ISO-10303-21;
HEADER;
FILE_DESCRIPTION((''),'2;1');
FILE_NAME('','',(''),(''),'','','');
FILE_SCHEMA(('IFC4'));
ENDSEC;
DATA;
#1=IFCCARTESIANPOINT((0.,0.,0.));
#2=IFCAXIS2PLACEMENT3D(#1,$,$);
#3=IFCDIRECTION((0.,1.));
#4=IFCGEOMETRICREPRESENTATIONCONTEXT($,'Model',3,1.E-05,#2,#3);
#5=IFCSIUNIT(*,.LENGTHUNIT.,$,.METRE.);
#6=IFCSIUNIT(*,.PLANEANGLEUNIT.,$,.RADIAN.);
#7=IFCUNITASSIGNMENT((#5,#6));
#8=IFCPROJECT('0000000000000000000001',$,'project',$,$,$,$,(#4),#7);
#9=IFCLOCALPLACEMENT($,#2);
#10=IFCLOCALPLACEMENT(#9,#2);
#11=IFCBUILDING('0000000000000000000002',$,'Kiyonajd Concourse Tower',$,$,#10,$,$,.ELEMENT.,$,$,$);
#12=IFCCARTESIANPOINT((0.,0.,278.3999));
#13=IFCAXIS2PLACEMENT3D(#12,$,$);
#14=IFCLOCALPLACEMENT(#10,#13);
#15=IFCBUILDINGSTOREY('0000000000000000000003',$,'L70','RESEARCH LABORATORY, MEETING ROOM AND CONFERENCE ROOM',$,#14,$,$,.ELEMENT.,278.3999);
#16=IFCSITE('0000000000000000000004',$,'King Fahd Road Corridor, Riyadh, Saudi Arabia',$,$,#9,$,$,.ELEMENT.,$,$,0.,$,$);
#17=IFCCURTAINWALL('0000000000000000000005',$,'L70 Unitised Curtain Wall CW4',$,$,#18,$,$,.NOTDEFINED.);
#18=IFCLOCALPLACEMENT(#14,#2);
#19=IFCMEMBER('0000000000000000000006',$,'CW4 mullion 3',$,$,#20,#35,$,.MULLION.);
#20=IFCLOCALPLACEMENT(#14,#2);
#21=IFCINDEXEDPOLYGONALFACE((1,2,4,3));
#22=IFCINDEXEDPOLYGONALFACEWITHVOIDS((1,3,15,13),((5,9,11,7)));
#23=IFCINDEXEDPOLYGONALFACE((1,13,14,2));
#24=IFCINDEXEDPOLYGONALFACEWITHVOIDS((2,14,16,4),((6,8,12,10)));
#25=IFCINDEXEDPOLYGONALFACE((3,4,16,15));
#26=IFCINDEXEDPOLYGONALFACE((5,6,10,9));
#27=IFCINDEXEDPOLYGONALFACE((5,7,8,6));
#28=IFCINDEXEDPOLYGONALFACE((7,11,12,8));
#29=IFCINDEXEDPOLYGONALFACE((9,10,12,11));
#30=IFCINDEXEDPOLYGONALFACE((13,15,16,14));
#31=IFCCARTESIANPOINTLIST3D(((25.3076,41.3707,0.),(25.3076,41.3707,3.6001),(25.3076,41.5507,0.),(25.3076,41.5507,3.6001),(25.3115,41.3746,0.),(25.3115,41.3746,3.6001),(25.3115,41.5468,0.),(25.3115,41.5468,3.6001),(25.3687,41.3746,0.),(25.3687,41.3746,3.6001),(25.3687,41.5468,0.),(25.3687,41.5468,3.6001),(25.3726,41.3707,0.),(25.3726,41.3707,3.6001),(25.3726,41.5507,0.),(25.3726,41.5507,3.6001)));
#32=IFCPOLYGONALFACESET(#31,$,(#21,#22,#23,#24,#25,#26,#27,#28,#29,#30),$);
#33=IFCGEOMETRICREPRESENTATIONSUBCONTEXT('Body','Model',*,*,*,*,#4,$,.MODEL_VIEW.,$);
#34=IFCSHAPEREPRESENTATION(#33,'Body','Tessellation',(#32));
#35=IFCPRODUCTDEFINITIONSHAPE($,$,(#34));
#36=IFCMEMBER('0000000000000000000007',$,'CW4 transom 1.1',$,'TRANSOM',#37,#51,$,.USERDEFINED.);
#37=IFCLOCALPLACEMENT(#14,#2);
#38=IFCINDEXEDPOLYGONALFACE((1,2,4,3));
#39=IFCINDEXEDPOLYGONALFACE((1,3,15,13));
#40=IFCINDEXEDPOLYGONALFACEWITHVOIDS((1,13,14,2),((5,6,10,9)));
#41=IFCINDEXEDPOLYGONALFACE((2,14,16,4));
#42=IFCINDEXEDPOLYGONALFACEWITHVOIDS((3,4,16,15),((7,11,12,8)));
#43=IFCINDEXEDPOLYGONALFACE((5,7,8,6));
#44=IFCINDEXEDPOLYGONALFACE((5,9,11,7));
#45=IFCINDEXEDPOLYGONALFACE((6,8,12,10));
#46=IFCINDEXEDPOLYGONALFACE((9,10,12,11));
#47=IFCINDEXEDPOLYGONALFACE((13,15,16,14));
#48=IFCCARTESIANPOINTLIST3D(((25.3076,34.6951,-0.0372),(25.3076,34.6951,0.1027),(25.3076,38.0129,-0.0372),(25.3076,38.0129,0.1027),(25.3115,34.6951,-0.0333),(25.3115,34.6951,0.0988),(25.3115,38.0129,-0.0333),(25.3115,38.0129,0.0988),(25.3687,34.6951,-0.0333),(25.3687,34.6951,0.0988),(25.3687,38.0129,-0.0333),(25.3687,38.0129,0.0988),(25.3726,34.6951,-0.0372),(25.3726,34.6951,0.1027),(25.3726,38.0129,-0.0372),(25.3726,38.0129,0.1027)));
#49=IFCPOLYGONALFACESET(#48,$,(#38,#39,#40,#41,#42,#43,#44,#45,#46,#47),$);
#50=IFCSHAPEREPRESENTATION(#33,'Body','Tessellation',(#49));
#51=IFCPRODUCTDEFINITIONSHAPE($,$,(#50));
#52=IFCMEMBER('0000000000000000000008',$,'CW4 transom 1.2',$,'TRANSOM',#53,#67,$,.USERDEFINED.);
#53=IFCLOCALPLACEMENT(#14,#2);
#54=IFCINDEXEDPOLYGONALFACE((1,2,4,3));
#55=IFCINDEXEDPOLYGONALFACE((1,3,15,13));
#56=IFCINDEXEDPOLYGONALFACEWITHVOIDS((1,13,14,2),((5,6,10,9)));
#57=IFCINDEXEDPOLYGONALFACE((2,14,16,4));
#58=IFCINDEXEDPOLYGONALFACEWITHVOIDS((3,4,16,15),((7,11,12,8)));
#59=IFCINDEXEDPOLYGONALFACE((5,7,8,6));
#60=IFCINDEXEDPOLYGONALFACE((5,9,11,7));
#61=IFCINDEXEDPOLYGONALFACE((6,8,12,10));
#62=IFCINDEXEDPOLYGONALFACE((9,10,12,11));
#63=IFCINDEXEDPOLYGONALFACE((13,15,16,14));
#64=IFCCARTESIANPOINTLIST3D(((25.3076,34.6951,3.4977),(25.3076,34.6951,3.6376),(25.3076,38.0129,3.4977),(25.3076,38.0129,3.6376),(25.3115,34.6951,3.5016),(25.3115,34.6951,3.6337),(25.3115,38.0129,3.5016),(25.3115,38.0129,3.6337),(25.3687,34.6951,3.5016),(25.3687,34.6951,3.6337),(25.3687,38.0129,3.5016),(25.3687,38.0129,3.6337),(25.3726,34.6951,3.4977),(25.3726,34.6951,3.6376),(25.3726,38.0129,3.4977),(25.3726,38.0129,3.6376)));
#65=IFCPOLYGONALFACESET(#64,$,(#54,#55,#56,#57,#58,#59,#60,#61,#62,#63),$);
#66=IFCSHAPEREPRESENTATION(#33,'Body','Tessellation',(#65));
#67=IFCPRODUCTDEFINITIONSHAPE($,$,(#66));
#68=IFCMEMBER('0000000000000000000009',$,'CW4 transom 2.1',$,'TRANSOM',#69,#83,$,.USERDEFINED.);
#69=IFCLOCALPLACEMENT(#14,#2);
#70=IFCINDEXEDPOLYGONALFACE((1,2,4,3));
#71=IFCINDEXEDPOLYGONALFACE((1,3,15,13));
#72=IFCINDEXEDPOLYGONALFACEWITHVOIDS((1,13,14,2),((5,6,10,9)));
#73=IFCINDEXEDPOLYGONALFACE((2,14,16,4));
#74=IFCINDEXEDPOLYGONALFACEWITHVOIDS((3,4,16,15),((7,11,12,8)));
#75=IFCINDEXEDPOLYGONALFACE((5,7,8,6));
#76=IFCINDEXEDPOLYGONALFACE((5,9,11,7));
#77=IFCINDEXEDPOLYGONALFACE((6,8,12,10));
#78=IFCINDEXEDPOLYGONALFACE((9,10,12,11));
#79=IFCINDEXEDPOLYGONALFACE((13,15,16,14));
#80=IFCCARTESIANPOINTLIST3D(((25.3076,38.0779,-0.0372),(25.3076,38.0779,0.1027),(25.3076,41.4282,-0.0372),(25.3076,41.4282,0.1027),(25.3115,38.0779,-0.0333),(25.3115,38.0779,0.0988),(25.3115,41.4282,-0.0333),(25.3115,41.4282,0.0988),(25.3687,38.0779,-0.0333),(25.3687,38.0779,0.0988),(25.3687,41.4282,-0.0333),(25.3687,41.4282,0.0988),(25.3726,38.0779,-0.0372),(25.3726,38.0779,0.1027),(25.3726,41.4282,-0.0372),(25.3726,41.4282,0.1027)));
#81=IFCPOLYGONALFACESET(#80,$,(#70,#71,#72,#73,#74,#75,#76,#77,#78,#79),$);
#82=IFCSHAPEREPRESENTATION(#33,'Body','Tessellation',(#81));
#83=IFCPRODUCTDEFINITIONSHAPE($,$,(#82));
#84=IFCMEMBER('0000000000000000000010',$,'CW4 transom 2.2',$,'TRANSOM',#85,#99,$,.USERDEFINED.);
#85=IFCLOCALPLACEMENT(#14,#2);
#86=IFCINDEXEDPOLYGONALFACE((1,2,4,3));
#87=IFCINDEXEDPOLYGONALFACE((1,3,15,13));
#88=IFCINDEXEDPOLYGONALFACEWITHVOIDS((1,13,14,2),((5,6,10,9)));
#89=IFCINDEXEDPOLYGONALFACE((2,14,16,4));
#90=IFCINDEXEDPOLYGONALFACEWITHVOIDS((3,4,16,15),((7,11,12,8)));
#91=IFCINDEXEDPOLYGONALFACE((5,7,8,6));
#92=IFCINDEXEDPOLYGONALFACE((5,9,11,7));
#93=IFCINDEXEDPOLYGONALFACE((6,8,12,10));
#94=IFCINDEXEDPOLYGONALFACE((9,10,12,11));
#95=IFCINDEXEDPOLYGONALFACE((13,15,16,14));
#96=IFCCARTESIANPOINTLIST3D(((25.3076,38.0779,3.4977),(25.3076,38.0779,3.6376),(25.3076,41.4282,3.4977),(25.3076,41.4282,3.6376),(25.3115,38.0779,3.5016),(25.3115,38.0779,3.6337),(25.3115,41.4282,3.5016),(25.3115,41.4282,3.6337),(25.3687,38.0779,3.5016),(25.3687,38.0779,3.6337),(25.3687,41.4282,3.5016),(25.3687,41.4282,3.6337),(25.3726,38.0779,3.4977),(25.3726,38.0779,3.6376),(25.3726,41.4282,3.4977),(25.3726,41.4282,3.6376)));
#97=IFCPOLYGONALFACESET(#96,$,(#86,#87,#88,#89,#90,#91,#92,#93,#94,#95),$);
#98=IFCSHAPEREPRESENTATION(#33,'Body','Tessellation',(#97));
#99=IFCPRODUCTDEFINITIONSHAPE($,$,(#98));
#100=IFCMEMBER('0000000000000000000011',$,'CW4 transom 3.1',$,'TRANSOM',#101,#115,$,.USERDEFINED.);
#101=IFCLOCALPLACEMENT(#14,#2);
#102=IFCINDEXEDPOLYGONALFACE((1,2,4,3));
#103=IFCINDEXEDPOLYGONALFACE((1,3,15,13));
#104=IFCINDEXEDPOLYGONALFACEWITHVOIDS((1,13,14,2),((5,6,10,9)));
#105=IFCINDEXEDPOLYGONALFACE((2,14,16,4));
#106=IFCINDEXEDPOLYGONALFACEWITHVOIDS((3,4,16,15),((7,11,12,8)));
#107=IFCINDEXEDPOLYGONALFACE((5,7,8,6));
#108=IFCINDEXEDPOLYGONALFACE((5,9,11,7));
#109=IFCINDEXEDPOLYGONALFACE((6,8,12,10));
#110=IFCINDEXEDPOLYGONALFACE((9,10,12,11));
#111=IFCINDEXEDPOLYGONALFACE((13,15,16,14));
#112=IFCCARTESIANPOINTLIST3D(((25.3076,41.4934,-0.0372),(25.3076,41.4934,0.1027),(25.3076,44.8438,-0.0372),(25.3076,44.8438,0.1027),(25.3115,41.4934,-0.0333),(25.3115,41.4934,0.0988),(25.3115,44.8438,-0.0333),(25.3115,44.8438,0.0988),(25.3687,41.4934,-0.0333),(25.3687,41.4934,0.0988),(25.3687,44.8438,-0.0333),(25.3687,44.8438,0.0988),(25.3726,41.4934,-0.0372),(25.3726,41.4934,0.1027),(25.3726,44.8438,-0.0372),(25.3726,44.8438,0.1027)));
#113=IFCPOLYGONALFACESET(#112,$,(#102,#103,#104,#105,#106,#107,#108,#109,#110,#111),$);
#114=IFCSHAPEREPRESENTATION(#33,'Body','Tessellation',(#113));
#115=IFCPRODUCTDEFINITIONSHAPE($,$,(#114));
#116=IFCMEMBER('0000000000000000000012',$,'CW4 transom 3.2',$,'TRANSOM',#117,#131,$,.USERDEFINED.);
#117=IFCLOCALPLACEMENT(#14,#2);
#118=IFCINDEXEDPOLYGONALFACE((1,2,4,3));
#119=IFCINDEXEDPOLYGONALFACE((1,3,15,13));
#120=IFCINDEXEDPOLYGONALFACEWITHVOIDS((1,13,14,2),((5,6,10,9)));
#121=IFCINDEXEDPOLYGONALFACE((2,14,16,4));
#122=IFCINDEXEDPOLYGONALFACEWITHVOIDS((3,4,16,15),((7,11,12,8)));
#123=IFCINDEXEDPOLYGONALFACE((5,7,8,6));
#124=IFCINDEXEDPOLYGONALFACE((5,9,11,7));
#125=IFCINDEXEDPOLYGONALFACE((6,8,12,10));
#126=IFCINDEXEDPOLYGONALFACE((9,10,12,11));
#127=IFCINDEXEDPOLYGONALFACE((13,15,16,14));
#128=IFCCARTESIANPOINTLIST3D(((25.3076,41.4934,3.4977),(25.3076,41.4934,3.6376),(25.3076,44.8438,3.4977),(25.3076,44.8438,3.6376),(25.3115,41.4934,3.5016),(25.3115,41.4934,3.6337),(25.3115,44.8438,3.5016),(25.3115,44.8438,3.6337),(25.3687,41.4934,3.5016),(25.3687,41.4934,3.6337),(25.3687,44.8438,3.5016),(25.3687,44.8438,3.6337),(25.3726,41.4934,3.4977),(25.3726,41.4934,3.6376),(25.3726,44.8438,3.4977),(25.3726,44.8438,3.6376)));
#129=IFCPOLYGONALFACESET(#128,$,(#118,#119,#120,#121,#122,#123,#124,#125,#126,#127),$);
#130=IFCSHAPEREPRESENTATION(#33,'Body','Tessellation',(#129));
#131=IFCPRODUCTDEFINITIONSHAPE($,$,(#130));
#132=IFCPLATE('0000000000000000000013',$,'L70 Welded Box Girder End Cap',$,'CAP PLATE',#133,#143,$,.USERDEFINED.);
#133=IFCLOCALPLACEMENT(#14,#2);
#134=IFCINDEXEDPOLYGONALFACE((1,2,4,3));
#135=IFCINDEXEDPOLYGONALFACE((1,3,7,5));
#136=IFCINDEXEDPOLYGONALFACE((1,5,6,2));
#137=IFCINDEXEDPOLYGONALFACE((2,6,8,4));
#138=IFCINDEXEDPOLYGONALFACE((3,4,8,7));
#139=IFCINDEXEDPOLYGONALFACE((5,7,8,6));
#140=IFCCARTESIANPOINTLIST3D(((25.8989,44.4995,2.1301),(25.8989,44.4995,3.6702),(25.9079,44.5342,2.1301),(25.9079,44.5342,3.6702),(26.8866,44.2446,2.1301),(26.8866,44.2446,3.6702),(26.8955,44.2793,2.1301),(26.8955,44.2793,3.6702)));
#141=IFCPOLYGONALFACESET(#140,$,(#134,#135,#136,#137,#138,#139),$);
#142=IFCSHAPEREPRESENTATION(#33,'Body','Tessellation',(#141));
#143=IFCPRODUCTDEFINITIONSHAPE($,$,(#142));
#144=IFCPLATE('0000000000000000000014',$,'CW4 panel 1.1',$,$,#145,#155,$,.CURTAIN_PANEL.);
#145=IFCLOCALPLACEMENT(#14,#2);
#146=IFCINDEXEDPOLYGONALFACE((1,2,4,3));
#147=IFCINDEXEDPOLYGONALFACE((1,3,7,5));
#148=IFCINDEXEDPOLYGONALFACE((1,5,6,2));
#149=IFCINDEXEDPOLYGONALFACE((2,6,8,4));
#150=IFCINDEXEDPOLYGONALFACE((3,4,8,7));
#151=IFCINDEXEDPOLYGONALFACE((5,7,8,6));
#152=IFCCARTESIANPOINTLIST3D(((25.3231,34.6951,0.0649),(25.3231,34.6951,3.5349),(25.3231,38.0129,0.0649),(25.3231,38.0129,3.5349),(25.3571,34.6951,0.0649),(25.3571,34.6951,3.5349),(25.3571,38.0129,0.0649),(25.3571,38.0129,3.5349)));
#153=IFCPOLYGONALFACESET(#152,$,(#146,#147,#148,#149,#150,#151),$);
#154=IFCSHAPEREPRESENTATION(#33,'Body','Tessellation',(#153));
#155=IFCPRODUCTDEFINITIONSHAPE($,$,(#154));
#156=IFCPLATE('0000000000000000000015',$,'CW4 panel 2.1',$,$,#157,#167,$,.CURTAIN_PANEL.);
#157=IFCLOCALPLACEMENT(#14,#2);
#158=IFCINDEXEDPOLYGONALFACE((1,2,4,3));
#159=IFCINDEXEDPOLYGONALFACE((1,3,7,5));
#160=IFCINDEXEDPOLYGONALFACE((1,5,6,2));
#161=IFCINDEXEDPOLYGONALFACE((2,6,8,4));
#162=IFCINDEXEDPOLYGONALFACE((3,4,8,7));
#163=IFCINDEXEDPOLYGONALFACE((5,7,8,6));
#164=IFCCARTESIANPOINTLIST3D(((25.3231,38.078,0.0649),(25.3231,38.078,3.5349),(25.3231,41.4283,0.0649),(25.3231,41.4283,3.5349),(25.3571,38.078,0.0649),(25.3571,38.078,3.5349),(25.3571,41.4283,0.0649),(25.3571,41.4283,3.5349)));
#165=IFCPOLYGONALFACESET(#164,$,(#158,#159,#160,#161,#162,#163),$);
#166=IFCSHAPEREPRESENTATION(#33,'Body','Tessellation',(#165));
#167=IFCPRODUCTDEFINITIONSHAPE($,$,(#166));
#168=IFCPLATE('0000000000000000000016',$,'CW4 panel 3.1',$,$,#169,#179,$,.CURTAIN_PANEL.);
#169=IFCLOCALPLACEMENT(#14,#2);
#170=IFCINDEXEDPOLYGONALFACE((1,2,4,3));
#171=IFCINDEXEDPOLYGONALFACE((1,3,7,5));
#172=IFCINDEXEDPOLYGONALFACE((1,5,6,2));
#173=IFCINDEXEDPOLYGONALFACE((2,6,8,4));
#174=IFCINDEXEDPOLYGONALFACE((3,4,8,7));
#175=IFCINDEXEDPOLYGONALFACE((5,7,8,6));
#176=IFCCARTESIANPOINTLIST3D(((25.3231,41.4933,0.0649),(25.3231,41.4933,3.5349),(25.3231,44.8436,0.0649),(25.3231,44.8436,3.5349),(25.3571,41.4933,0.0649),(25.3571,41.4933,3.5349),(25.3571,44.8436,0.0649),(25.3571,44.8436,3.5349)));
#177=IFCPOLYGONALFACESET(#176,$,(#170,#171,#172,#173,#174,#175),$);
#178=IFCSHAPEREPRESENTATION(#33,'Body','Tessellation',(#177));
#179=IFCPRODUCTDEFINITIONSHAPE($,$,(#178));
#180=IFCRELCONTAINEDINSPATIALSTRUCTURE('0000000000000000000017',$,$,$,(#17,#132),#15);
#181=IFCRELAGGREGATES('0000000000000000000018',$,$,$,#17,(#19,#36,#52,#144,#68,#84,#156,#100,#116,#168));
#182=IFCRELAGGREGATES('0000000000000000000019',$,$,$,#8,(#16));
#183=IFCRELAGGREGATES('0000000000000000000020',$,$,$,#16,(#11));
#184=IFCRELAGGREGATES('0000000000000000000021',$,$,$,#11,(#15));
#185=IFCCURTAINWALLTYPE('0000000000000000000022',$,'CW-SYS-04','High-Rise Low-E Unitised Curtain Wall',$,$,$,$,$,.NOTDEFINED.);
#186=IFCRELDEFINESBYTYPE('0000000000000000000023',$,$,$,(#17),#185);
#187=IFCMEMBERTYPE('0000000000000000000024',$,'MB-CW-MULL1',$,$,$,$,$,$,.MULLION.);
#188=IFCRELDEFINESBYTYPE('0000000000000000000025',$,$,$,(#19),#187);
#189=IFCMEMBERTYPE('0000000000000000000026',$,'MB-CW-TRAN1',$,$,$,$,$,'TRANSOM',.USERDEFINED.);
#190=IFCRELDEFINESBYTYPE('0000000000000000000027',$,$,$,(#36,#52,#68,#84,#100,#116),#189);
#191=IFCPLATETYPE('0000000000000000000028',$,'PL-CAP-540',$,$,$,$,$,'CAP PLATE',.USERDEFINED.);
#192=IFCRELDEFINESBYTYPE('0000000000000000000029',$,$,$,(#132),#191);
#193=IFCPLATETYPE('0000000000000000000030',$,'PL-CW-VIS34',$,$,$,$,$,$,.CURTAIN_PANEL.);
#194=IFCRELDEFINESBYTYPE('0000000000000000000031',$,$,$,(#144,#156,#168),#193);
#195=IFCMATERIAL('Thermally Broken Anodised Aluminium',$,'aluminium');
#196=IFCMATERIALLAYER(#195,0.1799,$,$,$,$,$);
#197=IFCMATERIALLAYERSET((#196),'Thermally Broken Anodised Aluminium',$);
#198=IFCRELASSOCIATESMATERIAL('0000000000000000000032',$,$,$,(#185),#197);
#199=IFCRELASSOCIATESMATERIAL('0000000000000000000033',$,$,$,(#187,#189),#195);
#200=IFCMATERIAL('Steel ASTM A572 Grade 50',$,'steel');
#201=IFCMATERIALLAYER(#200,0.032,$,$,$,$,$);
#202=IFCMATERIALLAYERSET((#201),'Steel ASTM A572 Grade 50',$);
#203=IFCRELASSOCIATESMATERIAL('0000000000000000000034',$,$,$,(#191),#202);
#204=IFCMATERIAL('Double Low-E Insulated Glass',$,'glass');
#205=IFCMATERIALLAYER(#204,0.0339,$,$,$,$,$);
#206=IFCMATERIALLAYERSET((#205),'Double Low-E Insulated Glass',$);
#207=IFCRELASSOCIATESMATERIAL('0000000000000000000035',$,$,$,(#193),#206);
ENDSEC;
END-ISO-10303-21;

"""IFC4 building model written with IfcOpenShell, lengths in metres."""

from ifc_helpers import new_model, si_unit, direction, frame, origin, origin_2d, place, context, subcontext, project, spatial, rectangle, hollow_rectangle, extrude, material, layer, layer_set, material_profile, profile_set, type_object, element, aggregate, save


model = new_model("IFC4")

# Units and contexts
model_context = context("Model", 3, precision=1e-05, world=origin(), true_north=direction((0.0, 1.0)))
body_context = subcontext(model_context, "Body", "Model", "MODEL_VIEW")
ifc_project = project(units=[si_unit("LENGTHUNIT", "METRE"), si_unit("PLANEANGLEUNIT", "RADIAN")], contexts=[model_context])

# Site, building, storey
site_placement = place(None, origin())
site = spatial("IfcSite", under=ifc_project, at=site_placement, Name="King Fahd Road Corridor, Riyadh, Saudi Arabia", CompositionType="ELEMENT", RefElevation=0.0)
building_placement = place(site_placement, origin())
building = spatial("IfcBuilding", under=site, at=building_placement, Name="Kiyonajd Concourse Tower", CompositionType="ELEMENT")
storey_placement = place(building_placement, frame((0.0, 0.0, 278.3999)))
storey = spatial("IfcBuildingStorey", under=building, at=storey_placement, Name="L70", Description="RESEARCH LABORATORY, MEETING ROOM AND CONFERENCE ROOM", CompositionType="ELEMENT", Elevation=278.3999)

# Curtain wall, members
ifc_material_1 = material(Name="Thermally Broken Anodised Aluminium", Category="aluminium")
ifc_layer_1 = layer(ifc_material_1, 0.1799)
ifc_layer_set_1 = layer_set([ifc_layer_1], Name="Thermally Broken Anodised Aluminium")
curtain_wall_type = type_object("IfcCurtainWallType", Name="CW-SYS-04", Description="High-Rise Low-E Unitised Curtain Wall", PredefinedType="NOTDEFINED", material=ifc_layer_set_1)
curtain_wall_placement = place(storey_placement, origin())
curtain_wall = element("IfcCurtainWall", 1, at=curtain_wall_placement, inside=storey, type_object=curtain_wall_type, Name="L70 Unitised Curtain Wall CW4", PredefinedType="NOTDEFINED")
ifc_material_profile_1 = material_profile(ifc_material_1, hollow_rectangle(XDim=0.0649, YDim=0.1799, WallThickness=0.0039, at=origin_2d()), Name="MULL-65x180")
ifc_profile_set_1 = profile_set([ifc_material_profile_1], Name="Thermally Broken Anodised Aluminium")
member_type_1 = type_object("IfcMemberType", Name="MB-CW-MULL1", PredefinedType="MULLION", material=ifc_profile_set_1)
member_1_placement = place(storey_placement, frame((25.3401, 41.4607, 0.0), z_axis=(0.0, 0.0, 1.0), x_axis=(-1.0, 0.0, 0.0)))
member_1 = element("IfcMember", 2, at=member_1_placement, type_object=member_type_1, Name="CW4 mullion 3", PredefinedType="MULLION", context=body_context, shape_type="SweptSolid", body=[
    extrude(hollow_rectangle(XDim=0.0649, YDim=0.1799, WallThickness=0.0039, at=origin_2d()), origin(), (0.0, 0.0, 1.0), 3.6001),
])
ifc_material_profile_2 = material_profile(ifc_material_1, hollow_rectangle(XDim=0.0649, YDim=0.1399, WallThickness=0.0039, at=origin_2d()), Name="TRAN-65x140")
ifc_profile_set_2 = profile_set([ifc_material_profile_2], Name="Thermally Broken Anodised Aluminium")
member_type_2 = type_object("IfcMemberType", Name="MB-CW-TRAN1", ElementType="TRANSOM", PredefinedType="USERDEFINED", material=ifc_profile_set_2)
member_2_placement = place(storey_placement, frame((25.3401, 34.6951, 0.0327), z_axis=(0.0, 1.0, 0.0), x_axis=(-1.0, 0.0, 0.0)))
member_2 = element("IfcMember", 3, at=member_2_placement, type_object=member_type_2, Name="CW4 transom 1.1", ObjectType="TRANSOM", PredefinedType="USERDEFINED", context=body_context, shape_type="SweptSolid", body=[
    extrude(hollow_rectangle(XDim=0.0649, YDim=0.1399, WallThickness=0.0039, at=origin_2d()), origin(), (0.0, 0.0, 1.0), 3.3179),
])
member_3_placement = place(storey_placement, frame((25.3401, 34.6951, 3.5676), z_axis=(0.0, 1.0, 0.0), x_axis=(-1.0, 0.0, 0.0)))
member_3 = element("IfcMember", 4, at=member_3_placement, type_object=member_type_2, Name="CW4 transom 1.2", ObjectType="TRANSOM", PredefinedType="USERDEFINED", context=body_context, shape_type="SweptSolid", body=[
    extrude(hollow_rectangle(XDim=0.0649, YDim=0.1399, WallThickness=0.0039, at=origin_2d()), origin(), (0.0, 0.0, 1.0), 3.3179),
])
member_4_placement = place(storey_placement, frame((25.3401, 38.0779, 0.0327), z_axis=(0.0, 1.0, 0.0), x_axis=(-1.0, 0.0, 0.0)))
member_4 = element("IfcMember", 5, at=member_4_placement, type_object=member_type_2, Name="CW4 transom 2.1", ObjectType="TRANSOM", PredefinedType="USERDEFINED", context=body_context, shape_type="SweptSolid", body=[
    extrude(hollow_rectangle(XDim=0.0649, YDim=0.1399, WallThickness=0.0039, at=origin_2d()), origin(), (0.0, 0.0, 1.0), 3.3503),
])
member_5_placement = place(storey_placement, frame((25.3401, 38.0779, 3.5676), z_axis=(0.0, 1.0, 0.0), x_axis=(-1.0, 0.0, 0.0)))
member_5 = element("IfcMember", 6, at=member_5_placement, type_object=member_type_2, Name="CW4 transom 2.2", ObjectType="TRANSOM", PredefinedType="USERDEFINED", context=body_context, shape_type="SweptSolid", body=[
    extrude(hollow_rectangle(XDim=0.0649, YDim=0.1399, WallThickness=0.0039, at=origin_2d()), origin(), (0.0, 0.0, 1.0), 3.3503),
])
member_6_placement = place(storey_placement, frame((25.3401, 41.4934, 0.0327), z_axis=(0.0, 1.0, 0.0), x_axis=(-1.0, 0.0, 0.0)))
member_6 = element("IfcMember", 7, at=member_6_placement, type_object=member_type_2, Name="CW4 transom 3.1", ObjectType="TRANSOM", PredefinedType="USERDEFINED", context=body_context, shape_type="SweptSolid", body=[
    extrude(hollow_rectangle(XDim=0.0649, YDim=0.1399, WallThickness=0.0039, at=origin_2d()), origin(), (0.0, 0.0, 1.0), 3.3503),
])
member_7_placement = place(storey_placement, frame((25.3401, 41.4934, 3.5676), z_axis=(0.0, 1.0, 0.0), x_axis=(-1.0, 0.0, 0.0)))
member_7 = element("IfcMember", 8, at=member_7_placement, type_object=member_type_2, Name="CW4 transom 3.2", ObjectType="TRANSOM", PredefinedType="USERDEFINED", context=body_context, shape_type="SweptSolid", body=[
    extrude(hollow_rectangle(XDim=0.0649, YDim=0.1399, WallThickness=0.0039, at=origin_2d()), origin(), (0.0, 0.0, 1.0), 3.3503),
])

# Plates
ifc_material_2 = material(Name="Steel ASTM A572 Grade 50", Category="steel")
ifc_layer_2 = layer(ifc_material_2, 0.032)
ifc_layer_set_2 = layer_set([ifc_layer_2], Name="Steel ASTM A572 Grade 50")
plate_type_1 = type_object("IfcPlateType", Name="PL-CAP-540", ElementType="CAP PLATE", PredefinedType="USERDEFINED", material=ifc_layer_set_2)
plate_1_placement = place(storey_placement, frame((26.3972, 44.3894, 2.1301), z_axis=(0.0, 0.0, 1.0), x_axis=(-0.249873, -0.968279, 0.0)))
element("IfcPlate", 9, at=plate_1_placement, inside=storey, type_object=plate_type_1, Name="L70 Welded Box Girder End Cap", ObjectType="CAP PLATE", PredefinedType="USERDEFINED", context=body_context, shape_type="SweptSolid", body=[
    extrude(rectangle(XDim=0.0359, YDim=1.02, at=origin_2d()), origin(), (0.0, 0.0, 1.0), 1.54),
])
ifc_material_3 = material(Name="Double Low-E Insulated Glass", Category="glass")
ifc_layer_3 = layer(ifc_material_3, 0.0339)
ifc_layer_set_3 = layer_set([ifc_layer_3], Name="Double Low-E Insulated Glass")
plate_type_2 = type_object("IfcPlateType", Name="PL-CW-VIS34", PredefinedType="CURTAIN_PANEL", material=ifc_layer_set_3)
plate_2_placement = place(storey_placement, frame((25.3401, 36.354, 0.0649), z_axis=(0.0, 0.0, 1.0), x_axis=(0.0, 1.0, 0.0)))
plate_2 = element("IfcPlate", 10, at=plate_2_placement, type_object=plate_type_2, Name="CW4 panel 1.1", PredefinedType="CURTAIN_PANEL", context=body_context, shape_type="SweptSolid", body=[
    extrude(rectangle(XDim=3.3179, YDim=0.0339, at=origin_2d()), origin(), (0.0, 0.0, 1.0), 3.47),
])
plate_3_placement = place(storey_placement, frame((25.3401, 39.7532, 0.0649), z_axis=(0.0, 0.0, 1.0), x_axis=(0.0, 1.0, 0.0)))
plate_3 = element("IfcPlate", 11, at=plate_3_placement, type_object=plate_type_2, Name="CW4 panel 2.1", PredefinedType="CURTAIN_PANEL", context=body_context, shape_type="SweptSolid", body=[
    extrude(rectangle(XDim=3.3503, YDim=0.0339, at=origin_2d()), origin(), (0.0, 0.0, 1.0), 3.47),
])
plate_4_placement = place(storey_placement, frame((25.3401, 43.1685, 0.0649), z_axis=(0.0, 0.0, 1.0), x_axis=(0.0, 1.0, 0.0)))
plate_4 = element("IfcPlate", 12, at=plate_4_placement, type_object=plate_type_2, Name="CW4 panel 3.1", PredefinedType="CURTAIN_PANEL", context=body_context, shape_type="SweptSolid", body=[
    extrude(rectangle(XDim=3.3503, YDim=0.0339, at=origin_2d()), origin(), (0.0, 0.0, 1.0), 3.47),
])
aggregate(curtain_wall, [member_1, member_2, member_3, plate_2, member_4, member_5, plate_3, member_6, member_7, plate_4])

save(model, "model.ifc")
